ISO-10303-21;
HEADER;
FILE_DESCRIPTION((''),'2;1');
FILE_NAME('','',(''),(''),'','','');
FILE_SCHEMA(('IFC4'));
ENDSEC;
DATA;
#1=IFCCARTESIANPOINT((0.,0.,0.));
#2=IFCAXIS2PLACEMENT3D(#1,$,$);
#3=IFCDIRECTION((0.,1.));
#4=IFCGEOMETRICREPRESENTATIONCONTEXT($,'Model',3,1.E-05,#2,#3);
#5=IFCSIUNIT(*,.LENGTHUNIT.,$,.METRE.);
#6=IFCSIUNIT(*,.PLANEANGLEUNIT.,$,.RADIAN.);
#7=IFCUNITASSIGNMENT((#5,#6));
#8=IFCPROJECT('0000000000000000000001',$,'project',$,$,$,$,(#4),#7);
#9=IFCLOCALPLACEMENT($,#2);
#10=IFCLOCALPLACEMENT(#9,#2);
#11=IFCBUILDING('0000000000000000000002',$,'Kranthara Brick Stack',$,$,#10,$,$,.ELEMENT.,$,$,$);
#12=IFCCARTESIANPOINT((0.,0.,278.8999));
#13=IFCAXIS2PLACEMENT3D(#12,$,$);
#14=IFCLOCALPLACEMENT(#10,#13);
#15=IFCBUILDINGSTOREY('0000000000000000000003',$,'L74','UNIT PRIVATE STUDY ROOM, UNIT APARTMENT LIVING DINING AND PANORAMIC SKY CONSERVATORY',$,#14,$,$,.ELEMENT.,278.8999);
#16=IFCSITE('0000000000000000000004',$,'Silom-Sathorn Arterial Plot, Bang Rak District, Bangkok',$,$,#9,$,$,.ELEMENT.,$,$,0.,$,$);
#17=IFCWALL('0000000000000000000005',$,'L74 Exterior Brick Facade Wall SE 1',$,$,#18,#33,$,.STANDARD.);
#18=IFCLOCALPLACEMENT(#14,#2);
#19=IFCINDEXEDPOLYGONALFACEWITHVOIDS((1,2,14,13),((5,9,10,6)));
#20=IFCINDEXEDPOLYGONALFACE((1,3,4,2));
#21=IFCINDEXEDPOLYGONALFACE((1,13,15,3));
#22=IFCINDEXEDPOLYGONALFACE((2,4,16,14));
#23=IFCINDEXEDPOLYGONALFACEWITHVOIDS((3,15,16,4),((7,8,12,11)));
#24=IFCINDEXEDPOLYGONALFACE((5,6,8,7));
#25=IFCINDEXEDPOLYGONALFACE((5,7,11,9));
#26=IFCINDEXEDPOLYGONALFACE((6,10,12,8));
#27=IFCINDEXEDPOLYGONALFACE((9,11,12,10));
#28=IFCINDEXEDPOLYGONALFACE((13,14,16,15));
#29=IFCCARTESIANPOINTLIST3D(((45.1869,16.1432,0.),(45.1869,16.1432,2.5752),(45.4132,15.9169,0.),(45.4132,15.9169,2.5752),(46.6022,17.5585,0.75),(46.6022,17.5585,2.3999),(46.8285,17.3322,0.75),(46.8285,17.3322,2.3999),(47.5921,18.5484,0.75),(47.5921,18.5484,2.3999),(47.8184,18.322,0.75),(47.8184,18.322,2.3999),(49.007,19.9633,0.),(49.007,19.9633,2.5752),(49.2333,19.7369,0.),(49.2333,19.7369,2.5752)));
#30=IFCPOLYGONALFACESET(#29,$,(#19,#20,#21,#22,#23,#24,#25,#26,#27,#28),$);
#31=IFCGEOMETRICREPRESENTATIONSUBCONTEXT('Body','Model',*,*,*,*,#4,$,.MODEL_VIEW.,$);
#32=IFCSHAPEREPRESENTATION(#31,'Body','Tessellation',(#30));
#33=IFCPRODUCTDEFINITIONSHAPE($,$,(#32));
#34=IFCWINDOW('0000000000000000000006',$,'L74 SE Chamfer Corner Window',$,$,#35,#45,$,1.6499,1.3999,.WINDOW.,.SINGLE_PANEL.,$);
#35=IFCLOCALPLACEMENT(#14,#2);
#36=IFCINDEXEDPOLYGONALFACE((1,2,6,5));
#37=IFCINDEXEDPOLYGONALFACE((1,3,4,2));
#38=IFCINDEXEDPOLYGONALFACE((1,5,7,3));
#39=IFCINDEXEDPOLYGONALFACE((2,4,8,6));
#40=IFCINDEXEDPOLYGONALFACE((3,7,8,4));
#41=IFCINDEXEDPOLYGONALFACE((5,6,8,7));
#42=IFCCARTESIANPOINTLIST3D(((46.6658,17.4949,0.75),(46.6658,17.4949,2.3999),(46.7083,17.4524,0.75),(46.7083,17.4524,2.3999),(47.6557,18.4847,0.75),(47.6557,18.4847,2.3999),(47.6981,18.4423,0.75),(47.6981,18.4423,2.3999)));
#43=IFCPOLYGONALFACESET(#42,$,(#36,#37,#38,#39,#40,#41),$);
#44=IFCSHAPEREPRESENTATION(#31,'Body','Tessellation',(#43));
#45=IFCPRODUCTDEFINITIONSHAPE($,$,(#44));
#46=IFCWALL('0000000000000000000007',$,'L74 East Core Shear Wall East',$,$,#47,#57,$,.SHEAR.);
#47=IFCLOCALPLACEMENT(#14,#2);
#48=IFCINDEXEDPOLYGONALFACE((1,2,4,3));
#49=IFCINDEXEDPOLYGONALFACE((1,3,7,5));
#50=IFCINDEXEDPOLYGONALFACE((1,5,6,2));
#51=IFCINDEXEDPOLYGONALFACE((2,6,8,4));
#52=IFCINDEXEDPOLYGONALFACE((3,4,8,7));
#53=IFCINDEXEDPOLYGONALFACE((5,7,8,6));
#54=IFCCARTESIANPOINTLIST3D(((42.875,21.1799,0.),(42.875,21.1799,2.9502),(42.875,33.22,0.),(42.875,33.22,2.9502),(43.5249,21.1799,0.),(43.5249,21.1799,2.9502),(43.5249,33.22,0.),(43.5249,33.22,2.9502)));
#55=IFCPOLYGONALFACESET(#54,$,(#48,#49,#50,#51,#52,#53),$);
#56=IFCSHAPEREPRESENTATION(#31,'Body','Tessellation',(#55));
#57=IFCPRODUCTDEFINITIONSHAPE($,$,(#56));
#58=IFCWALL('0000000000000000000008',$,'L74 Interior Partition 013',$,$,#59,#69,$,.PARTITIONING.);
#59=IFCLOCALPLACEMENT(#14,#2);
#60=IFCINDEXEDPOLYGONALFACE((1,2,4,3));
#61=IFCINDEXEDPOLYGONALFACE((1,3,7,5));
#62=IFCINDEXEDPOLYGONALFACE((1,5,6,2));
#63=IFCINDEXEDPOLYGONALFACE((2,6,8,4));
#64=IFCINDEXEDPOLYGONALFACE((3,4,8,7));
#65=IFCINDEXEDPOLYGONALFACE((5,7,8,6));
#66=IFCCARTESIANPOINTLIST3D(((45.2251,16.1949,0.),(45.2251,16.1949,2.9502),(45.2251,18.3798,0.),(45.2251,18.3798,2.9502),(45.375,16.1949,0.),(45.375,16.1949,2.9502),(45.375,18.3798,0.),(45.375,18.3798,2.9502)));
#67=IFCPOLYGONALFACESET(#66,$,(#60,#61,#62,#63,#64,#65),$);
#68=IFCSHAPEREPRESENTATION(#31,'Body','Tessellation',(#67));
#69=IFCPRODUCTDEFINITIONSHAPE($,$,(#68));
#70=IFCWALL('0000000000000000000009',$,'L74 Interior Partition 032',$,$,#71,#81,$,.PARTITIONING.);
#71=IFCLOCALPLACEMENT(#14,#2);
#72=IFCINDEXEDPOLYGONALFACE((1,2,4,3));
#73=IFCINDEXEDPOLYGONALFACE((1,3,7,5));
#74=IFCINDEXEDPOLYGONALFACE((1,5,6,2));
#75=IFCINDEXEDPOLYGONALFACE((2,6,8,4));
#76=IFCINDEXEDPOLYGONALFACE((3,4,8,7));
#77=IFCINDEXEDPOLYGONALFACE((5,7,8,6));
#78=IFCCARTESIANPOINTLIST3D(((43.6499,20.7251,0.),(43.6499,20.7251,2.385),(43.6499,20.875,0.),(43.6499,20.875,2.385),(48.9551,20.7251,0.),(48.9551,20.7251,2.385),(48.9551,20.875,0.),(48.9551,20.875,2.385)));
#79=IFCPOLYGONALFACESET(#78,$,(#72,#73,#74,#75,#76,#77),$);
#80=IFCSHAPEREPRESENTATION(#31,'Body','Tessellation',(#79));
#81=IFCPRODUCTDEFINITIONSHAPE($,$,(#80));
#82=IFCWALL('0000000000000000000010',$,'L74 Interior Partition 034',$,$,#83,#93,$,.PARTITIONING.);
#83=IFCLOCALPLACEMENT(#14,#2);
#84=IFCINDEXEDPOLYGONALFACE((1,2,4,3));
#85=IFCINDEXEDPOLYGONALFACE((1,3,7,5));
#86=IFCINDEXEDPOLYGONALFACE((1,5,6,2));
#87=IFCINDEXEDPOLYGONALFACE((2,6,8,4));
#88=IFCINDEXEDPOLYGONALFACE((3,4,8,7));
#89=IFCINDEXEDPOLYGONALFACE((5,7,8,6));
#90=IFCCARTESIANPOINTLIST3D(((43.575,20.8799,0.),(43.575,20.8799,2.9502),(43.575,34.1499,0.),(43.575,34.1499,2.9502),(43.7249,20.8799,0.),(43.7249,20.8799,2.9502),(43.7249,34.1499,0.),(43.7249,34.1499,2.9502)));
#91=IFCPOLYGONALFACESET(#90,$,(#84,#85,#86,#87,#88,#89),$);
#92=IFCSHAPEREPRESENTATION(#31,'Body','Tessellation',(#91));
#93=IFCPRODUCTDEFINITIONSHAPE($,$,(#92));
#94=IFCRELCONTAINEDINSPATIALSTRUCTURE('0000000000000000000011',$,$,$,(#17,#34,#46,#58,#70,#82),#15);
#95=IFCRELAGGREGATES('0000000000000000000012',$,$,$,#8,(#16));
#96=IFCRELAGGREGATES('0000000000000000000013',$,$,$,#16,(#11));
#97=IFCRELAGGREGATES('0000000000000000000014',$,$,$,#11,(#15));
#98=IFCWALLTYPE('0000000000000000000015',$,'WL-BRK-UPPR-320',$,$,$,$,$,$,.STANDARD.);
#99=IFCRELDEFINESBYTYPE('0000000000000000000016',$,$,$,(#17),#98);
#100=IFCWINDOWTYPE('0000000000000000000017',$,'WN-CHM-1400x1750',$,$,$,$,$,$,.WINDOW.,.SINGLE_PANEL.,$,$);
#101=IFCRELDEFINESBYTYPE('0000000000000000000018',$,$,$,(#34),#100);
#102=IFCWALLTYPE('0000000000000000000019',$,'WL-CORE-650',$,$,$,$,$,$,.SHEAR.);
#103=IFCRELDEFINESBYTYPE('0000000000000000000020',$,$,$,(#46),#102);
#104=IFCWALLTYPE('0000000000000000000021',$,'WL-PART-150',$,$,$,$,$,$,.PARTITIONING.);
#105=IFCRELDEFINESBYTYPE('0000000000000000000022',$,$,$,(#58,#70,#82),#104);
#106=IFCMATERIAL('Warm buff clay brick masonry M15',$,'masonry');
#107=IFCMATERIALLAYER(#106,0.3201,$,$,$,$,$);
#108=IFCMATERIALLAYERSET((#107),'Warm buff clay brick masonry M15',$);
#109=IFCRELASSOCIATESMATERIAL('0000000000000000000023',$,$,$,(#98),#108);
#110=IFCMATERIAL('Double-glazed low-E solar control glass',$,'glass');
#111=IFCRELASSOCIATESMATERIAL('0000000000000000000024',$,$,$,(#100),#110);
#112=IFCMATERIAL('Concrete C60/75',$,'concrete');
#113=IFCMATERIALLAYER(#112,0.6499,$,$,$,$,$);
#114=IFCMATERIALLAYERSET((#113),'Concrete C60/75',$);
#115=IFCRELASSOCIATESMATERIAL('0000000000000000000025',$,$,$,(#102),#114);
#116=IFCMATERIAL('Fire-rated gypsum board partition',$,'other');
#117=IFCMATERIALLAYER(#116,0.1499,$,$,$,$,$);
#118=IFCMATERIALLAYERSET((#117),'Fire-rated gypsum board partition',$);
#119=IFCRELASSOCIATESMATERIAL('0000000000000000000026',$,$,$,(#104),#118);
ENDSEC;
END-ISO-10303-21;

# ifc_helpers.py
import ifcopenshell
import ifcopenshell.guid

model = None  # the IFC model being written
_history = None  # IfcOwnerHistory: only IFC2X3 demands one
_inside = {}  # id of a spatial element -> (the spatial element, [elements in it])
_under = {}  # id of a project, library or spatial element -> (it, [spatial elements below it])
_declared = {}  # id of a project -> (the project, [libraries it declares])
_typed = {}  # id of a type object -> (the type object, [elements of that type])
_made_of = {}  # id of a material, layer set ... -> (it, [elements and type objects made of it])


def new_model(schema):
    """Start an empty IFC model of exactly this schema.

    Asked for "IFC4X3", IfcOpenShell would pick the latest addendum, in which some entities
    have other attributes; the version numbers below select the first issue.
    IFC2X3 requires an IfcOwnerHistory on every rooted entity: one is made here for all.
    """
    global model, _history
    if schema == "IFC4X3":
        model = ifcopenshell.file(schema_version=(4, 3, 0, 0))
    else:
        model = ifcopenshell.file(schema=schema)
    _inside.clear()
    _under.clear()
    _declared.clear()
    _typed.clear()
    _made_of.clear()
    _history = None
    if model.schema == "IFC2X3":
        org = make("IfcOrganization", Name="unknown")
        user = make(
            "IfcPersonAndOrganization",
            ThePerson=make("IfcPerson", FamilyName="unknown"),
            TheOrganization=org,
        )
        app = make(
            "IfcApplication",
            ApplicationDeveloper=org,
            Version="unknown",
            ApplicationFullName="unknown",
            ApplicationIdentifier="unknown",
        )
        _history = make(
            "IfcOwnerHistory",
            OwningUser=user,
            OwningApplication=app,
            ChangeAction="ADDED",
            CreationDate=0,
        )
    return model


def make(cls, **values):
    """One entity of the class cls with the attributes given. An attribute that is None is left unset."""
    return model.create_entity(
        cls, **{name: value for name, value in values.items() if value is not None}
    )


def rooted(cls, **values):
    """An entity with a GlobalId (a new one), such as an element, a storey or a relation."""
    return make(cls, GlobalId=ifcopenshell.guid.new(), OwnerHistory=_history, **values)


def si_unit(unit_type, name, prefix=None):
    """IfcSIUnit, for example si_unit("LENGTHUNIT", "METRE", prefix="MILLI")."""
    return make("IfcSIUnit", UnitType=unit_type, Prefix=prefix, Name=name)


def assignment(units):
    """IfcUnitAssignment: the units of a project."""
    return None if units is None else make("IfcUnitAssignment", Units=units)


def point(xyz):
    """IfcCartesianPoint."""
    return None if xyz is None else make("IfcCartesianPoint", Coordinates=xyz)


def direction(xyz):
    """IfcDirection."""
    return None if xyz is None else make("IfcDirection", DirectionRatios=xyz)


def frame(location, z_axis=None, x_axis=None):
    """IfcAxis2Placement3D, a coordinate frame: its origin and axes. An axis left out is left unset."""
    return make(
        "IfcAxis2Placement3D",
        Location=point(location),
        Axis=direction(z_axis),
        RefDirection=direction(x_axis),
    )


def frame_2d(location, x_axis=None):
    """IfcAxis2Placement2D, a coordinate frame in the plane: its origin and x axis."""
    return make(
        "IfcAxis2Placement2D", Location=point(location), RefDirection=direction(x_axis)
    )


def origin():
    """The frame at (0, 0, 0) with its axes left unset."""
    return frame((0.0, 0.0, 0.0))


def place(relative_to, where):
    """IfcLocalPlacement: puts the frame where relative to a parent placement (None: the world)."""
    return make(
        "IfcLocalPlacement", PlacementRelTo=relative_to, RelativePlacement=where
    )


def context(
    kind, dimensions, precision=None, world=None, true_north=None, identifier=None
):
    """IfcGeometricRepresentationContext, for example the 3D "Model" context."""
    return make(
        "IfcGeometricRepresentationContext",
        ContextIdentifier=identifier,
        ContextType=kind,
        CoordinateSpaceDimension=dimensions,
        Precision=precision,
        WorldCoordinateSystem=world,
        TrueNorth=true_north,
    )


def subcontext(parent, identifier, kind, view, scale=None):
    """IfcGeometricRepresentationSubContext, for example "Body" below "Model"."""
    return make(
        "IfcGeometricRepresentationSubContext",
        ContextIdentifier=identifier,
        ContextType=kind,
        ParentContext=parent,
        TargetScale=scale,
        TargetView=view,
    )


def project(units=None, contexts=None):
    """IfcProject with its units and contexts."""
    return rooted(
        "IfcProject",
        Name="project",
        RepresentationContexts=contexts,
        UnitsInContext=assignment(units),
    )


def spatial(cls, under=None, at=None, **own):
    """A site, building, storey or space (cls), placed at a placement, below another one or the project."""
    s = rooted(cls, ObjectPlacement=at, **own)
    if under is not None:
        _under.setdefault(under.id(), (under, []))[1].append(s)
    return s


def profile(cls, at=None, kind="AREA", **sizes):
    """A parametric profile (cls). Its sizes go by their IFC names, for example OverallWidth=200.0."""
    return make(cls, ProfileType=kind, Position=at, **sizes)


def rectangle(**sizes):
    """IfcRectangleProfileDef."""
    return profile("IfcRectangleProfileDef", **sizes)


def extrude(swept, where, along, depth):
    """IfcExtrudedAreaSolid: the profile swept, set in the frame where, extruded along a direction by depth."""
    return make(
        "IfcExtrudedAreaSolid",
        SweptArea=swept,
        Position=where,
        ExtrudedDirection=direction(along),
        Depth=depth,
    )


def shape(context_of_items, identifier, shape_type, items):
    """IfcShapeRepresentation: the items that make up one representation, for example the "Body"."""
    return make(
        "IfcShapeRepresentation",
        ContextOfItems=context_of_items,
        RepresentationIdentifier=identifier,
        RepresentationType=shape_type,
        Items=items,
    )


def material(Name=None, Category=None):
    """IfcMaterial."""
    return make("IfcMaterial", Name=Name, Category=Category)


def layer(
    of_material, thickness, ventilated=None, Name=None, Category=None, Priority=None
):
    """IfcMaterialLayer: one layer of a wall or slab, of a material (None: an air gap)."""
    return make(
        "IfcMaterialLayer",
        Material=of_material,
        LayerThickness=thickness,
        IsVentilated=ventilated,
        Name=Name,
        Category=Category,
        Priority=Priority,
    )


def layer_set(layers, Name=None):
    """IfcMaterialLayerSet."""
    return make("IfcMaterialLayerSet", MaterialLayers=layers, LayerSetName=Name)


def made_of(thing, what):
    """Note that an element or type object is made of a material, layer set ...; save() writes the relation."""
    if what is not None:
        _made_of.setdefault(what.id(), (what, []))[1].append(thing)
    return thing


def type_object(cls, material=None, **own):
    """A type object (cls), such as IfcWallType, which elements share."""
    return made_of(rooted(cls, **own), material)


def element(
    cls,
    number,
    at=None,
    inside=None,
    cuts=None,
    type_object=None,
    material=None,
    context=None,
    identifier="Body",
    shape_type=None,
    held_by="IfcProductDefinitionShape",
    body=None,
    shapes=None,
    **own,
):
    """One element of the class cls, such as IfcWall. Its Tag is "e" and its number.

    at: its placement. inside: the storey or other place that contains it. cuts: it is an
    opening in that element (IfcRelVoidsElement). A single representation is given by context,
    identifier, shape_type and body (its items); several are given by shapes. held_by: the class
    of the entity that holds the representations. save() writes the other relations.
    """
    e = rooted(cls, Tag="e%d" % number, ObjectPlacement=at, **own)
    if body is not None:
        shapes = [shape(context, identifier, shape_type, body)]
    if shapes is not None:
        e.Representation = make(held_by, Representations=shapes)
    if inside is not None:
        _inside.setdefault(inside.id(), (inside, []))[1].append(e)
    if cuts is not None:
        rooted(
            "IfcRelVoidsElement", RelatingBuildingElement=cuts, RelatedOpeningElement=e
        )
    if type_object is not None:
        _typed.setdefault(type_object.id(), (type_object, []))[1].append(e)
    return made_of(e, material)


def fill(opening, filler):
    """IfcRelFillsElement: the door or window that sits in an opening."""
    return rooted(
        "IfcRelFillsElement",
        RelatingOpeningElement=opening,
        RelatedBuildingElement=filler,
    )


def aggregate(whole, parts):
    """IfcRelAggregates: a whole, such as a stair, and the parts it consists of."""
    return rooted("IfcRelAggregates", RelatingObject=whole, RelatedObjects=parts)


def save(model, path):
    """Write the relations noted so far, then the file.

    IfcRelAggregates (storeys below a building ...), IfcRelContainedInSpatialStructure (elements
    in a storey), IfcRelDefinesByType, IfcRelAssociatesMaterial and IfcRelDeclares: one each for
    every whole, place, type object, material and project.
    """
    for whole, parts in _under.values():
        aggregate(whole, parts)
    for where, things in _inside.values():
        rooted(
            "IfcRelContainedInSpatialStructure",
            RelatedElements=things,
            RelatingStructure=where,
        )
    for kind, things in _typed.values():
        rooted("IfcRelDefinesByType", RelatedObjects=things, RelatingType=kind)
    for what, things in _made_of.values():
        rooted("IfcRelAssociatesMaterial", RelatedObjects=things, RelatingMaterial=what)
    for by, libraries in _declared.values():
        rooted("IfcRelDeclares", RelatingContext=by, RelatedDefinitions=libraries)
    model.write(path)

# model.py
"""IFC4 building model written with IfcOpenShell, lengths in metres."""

from ifc_helpers import new_model, si_unit, direction, frame, frame_2d, origin, place, context, subcontext, project, spatial, rectangle, extrude, material, layer, layer_set, type_object, element, fill, save


model = new_model("IFC4")

# Units and contexts
model_context = context("Model", 3, precision=1e-05, world=origin(), true_north=direction((0.0, 1.0)))
body_context = subcontext(model_context, "Body", "Model", "MODEL_VIEW")
ifc_project = project(units=[si_unit("LENGTHUNIT", "METRE"), si_unit("PLANEANGLEUNIT", "RADIAN")], contexts=[model_context])

# Site, building, storey
site_placement = place(None, origin())
site = spatial("IfcSite", under=ifc_project, at=site_placement, Name="Silom-Sathorn Arterial Plot, Bang Rak District, Bangkok", CompositionType="ELEMENT", RefElevation=0.0)
building_placement = place(site_placement, origin())
building = spatial("IfcBuilding", under=site, at=building_placement, Name="Kranthara Brick Stack", CompositionType="ELEMENT")
storey_placement = place(building_placement, frame((0.0, 0.0, 278.8999)))
storey = spatial("IfcBuildingStorey", under=building, at=storey_placement, Name="L74", Description="UNIT PRIVATE STUDY ROOM, UNIT APARTMENT LIVING DINING AND PANORAMIC SKY CONSERVATORY", CompositionType="ELEMENT", Elevation=278.8999)

# Shared definitions
ifc_material_1 = material(Name="Warm buff clay brick masonry M15", Category="masonry")
ifc_layer_1 = layer(ifc_material_1, 0.3201)
ifc_layer_set_1 = layer_set([ifc_layer_1], Name="Warm buff clay brick masonry M15")
wall_type_1 = type_object("IfcWallType", Name="WL-BRK-UPPR-320", PredefinedType="STANDARD", material=ifc_layer_set_1)

# Wall, opening, window
wall_1_placement = place(storey_placement, frame((49.1201, 19.8501, 0.0), z_axis=(0.0, 0.0, 1.0), x_axis=(-0.707107, -0.707107, 0.0)))
wall_1 = element("IfcWall", 1, at=wall_1_placement, inside=storey, type_object=wall_type_1, Name="L74 Exterior Brick Facade Wall SE 1", PredefinedType="STANDARD", context=body_context, shape_type="SweptSolid", body=[
    extrude(rectangle(XDim=5.4023, YDim=0.3201, at=frame_2d((2.7012, 0.0))), origin(), (0.0, 0.0, 1.0), 2.5752),
])
opening_1_placement = place(wall_1_placement, frame((2.001, 0.0, 0.75)))
opening_1 = element("IfcOpeningElement", 2, at=opening_1_placement, cuts=wall_1, PredefinedType="OPENING", context=body_context, shape_type="SweptSolid", body=[
    extrude(rectangle(XDim=1.3999, YDim=1.6499, at=frame_2d((0.7, 0.825))), frame((0.0, 0.1699, 0.0), z_axis=(0.0, -1.0, 0.0), x_axis=(1.0, 0.0, 0.0)), (0.0, 0.0, 1.0), 0.3401),
])
ifc_material_2 = material(Name="Double-glazed low-E solar control glass", Category="glass")
window_type_1 = type_object("IfcWindowType", Name="WN-CHM-1400x1750", PartitioningType="SINGLE_PANEL", PredefinedType="WINDOW", material=ifc_material_2)
window_1_placement = place(opening_1_placement, origin())
window_1 = element("IfcWindow", 3, at=window_1_placement, inside=storey, type_object=window_type_1, Name="L74 SE Chamfer Corner Window", OverallHeight=1.6499, OverallWidth=1.3999, PartitioningType="SINGLE_PANEL", PredefinedType="WINDOW", context=body_context, shape_type="SweptSolid", body=[
    extrude(rectangle(XDim=1.3999, YDim=1.6499, at=frame_2d((0.7, 0.825))), frame((0.0, -0.01, 0.0), z_axis=(0.0, -1.0, 0.0), x_axis=(1.0, 0.0, 0.0)), (0.0, 0.0, 1.0), 0.0601),
])
fill(opening_1, window_1)

# Walls
ifc_material_3 = material(Name="Concrete C60/75", Category="concrete")
ifc_layer_2 = layer(ifc_material_3, 0.6499)
ifc_layer_set_2 = layer_set([ifc_layer_2], Name="Concrete C60/75")
wall_type_2 = type_object("IfcWallType", Name="WL-CORE-650", PredefinedType="SHEAR", material=ifc_layer_set_2)
wall_2_placement = place(storey_placement, frame((43.2, 21.1799, 0.0), z_axis=(0.0, 0.0, 1.0), x_axis=(0.0, 1.0, 0.0)))
element("IfcWall", 4, at=wall_2_placement, inside=storey, type_object=wall_type_2, Name="L74 East Core Shear Wall East", PredefinedType="SHEAR", context=body_context, shape_type="SweptSolid", body=[
    extrude(rectangle(XDim=12.04, YDim=0.6499, at=frame_2d((6.02, 0.0))), origin(), (0.0, 0.0, 1.0), 2.9502),
])
ifc_material_4 = material(Name="Fire-rated gypsum board partition", Category="other")
ifc_layer_3 = layer(ifc_material_4, 0.1499)
ifc_layer_set_3 = layer_set([ifc_layer_3], Name="Fire-rated gypsum board partition")
wall_type_3 = type_object("IfcWallType", Name="WL-PART-150", PredefinedType="PARTITIONING", material=ifc_layer_set_3)
wall_3_placement = place(storey_placement, frame((45.3, 16.1951, 0.0), z_axis=(0.0, 0.0, 1.0), x_axis=(0.0, 1.0, 0.0)))
element("IfcWall", 5, at=wall_3_placement, inside=storey, type_object=wall_type_3, Name="L74 Interior Partition 013", PredefinedType="PARTITIONING", context=body_context, shape_type="SweptSolid", body=[
    extrude(rectangle(XDim=2.1848, YDim=0.1499, at=frame_2d((1.0923, 0.0))), origin(), (0.0, 0.0, 1.0), 2.9502),
])
wall_4_placement = place(storey_placement, frame((43.6499, 20.8, 0.0), z_axis=(0.0, 0.0, 1.0), x_axis=(1.0, 0.0, 0.0)))
element("IfcWall", 6, at=wall_4_placement, inside=storey, type_object=wall_type_3, Name="L74 Interior Partition 032", PredefinedType="PARTITIONING", context=body_context, shape_type="SweptSolid", body=[
    extrude(rectangle(XDim=5.3052, YDim=0.1499, at=frame_2d((2.6526, 0.0))), origin(), (0.0, 0.0, 1.0), 2.385),
])
wall_5_placement = place(storey_placement, frame((43.6499, 20.8799, 0.0), z_axis=(0.0, 0.0, 1.0), x_axis=(0.0, 1.0, 0.0)))
element("IfcWall", 7, at=wall_5_placement, inside=storey, type_object=wall_type_3, Name="L74 Interior Partition 034", PredefinedType="PARTITIONING", context=body_context, shape_type="SweptSolid", body=[
    extrude(rectangle(XDim=13.27, YDim=0.1499, at=frame_2d((6.635, 0.0))), origin(), (0.0, 0.0, 1.0), 2.9502),
])

save(model, "model.ifc")
